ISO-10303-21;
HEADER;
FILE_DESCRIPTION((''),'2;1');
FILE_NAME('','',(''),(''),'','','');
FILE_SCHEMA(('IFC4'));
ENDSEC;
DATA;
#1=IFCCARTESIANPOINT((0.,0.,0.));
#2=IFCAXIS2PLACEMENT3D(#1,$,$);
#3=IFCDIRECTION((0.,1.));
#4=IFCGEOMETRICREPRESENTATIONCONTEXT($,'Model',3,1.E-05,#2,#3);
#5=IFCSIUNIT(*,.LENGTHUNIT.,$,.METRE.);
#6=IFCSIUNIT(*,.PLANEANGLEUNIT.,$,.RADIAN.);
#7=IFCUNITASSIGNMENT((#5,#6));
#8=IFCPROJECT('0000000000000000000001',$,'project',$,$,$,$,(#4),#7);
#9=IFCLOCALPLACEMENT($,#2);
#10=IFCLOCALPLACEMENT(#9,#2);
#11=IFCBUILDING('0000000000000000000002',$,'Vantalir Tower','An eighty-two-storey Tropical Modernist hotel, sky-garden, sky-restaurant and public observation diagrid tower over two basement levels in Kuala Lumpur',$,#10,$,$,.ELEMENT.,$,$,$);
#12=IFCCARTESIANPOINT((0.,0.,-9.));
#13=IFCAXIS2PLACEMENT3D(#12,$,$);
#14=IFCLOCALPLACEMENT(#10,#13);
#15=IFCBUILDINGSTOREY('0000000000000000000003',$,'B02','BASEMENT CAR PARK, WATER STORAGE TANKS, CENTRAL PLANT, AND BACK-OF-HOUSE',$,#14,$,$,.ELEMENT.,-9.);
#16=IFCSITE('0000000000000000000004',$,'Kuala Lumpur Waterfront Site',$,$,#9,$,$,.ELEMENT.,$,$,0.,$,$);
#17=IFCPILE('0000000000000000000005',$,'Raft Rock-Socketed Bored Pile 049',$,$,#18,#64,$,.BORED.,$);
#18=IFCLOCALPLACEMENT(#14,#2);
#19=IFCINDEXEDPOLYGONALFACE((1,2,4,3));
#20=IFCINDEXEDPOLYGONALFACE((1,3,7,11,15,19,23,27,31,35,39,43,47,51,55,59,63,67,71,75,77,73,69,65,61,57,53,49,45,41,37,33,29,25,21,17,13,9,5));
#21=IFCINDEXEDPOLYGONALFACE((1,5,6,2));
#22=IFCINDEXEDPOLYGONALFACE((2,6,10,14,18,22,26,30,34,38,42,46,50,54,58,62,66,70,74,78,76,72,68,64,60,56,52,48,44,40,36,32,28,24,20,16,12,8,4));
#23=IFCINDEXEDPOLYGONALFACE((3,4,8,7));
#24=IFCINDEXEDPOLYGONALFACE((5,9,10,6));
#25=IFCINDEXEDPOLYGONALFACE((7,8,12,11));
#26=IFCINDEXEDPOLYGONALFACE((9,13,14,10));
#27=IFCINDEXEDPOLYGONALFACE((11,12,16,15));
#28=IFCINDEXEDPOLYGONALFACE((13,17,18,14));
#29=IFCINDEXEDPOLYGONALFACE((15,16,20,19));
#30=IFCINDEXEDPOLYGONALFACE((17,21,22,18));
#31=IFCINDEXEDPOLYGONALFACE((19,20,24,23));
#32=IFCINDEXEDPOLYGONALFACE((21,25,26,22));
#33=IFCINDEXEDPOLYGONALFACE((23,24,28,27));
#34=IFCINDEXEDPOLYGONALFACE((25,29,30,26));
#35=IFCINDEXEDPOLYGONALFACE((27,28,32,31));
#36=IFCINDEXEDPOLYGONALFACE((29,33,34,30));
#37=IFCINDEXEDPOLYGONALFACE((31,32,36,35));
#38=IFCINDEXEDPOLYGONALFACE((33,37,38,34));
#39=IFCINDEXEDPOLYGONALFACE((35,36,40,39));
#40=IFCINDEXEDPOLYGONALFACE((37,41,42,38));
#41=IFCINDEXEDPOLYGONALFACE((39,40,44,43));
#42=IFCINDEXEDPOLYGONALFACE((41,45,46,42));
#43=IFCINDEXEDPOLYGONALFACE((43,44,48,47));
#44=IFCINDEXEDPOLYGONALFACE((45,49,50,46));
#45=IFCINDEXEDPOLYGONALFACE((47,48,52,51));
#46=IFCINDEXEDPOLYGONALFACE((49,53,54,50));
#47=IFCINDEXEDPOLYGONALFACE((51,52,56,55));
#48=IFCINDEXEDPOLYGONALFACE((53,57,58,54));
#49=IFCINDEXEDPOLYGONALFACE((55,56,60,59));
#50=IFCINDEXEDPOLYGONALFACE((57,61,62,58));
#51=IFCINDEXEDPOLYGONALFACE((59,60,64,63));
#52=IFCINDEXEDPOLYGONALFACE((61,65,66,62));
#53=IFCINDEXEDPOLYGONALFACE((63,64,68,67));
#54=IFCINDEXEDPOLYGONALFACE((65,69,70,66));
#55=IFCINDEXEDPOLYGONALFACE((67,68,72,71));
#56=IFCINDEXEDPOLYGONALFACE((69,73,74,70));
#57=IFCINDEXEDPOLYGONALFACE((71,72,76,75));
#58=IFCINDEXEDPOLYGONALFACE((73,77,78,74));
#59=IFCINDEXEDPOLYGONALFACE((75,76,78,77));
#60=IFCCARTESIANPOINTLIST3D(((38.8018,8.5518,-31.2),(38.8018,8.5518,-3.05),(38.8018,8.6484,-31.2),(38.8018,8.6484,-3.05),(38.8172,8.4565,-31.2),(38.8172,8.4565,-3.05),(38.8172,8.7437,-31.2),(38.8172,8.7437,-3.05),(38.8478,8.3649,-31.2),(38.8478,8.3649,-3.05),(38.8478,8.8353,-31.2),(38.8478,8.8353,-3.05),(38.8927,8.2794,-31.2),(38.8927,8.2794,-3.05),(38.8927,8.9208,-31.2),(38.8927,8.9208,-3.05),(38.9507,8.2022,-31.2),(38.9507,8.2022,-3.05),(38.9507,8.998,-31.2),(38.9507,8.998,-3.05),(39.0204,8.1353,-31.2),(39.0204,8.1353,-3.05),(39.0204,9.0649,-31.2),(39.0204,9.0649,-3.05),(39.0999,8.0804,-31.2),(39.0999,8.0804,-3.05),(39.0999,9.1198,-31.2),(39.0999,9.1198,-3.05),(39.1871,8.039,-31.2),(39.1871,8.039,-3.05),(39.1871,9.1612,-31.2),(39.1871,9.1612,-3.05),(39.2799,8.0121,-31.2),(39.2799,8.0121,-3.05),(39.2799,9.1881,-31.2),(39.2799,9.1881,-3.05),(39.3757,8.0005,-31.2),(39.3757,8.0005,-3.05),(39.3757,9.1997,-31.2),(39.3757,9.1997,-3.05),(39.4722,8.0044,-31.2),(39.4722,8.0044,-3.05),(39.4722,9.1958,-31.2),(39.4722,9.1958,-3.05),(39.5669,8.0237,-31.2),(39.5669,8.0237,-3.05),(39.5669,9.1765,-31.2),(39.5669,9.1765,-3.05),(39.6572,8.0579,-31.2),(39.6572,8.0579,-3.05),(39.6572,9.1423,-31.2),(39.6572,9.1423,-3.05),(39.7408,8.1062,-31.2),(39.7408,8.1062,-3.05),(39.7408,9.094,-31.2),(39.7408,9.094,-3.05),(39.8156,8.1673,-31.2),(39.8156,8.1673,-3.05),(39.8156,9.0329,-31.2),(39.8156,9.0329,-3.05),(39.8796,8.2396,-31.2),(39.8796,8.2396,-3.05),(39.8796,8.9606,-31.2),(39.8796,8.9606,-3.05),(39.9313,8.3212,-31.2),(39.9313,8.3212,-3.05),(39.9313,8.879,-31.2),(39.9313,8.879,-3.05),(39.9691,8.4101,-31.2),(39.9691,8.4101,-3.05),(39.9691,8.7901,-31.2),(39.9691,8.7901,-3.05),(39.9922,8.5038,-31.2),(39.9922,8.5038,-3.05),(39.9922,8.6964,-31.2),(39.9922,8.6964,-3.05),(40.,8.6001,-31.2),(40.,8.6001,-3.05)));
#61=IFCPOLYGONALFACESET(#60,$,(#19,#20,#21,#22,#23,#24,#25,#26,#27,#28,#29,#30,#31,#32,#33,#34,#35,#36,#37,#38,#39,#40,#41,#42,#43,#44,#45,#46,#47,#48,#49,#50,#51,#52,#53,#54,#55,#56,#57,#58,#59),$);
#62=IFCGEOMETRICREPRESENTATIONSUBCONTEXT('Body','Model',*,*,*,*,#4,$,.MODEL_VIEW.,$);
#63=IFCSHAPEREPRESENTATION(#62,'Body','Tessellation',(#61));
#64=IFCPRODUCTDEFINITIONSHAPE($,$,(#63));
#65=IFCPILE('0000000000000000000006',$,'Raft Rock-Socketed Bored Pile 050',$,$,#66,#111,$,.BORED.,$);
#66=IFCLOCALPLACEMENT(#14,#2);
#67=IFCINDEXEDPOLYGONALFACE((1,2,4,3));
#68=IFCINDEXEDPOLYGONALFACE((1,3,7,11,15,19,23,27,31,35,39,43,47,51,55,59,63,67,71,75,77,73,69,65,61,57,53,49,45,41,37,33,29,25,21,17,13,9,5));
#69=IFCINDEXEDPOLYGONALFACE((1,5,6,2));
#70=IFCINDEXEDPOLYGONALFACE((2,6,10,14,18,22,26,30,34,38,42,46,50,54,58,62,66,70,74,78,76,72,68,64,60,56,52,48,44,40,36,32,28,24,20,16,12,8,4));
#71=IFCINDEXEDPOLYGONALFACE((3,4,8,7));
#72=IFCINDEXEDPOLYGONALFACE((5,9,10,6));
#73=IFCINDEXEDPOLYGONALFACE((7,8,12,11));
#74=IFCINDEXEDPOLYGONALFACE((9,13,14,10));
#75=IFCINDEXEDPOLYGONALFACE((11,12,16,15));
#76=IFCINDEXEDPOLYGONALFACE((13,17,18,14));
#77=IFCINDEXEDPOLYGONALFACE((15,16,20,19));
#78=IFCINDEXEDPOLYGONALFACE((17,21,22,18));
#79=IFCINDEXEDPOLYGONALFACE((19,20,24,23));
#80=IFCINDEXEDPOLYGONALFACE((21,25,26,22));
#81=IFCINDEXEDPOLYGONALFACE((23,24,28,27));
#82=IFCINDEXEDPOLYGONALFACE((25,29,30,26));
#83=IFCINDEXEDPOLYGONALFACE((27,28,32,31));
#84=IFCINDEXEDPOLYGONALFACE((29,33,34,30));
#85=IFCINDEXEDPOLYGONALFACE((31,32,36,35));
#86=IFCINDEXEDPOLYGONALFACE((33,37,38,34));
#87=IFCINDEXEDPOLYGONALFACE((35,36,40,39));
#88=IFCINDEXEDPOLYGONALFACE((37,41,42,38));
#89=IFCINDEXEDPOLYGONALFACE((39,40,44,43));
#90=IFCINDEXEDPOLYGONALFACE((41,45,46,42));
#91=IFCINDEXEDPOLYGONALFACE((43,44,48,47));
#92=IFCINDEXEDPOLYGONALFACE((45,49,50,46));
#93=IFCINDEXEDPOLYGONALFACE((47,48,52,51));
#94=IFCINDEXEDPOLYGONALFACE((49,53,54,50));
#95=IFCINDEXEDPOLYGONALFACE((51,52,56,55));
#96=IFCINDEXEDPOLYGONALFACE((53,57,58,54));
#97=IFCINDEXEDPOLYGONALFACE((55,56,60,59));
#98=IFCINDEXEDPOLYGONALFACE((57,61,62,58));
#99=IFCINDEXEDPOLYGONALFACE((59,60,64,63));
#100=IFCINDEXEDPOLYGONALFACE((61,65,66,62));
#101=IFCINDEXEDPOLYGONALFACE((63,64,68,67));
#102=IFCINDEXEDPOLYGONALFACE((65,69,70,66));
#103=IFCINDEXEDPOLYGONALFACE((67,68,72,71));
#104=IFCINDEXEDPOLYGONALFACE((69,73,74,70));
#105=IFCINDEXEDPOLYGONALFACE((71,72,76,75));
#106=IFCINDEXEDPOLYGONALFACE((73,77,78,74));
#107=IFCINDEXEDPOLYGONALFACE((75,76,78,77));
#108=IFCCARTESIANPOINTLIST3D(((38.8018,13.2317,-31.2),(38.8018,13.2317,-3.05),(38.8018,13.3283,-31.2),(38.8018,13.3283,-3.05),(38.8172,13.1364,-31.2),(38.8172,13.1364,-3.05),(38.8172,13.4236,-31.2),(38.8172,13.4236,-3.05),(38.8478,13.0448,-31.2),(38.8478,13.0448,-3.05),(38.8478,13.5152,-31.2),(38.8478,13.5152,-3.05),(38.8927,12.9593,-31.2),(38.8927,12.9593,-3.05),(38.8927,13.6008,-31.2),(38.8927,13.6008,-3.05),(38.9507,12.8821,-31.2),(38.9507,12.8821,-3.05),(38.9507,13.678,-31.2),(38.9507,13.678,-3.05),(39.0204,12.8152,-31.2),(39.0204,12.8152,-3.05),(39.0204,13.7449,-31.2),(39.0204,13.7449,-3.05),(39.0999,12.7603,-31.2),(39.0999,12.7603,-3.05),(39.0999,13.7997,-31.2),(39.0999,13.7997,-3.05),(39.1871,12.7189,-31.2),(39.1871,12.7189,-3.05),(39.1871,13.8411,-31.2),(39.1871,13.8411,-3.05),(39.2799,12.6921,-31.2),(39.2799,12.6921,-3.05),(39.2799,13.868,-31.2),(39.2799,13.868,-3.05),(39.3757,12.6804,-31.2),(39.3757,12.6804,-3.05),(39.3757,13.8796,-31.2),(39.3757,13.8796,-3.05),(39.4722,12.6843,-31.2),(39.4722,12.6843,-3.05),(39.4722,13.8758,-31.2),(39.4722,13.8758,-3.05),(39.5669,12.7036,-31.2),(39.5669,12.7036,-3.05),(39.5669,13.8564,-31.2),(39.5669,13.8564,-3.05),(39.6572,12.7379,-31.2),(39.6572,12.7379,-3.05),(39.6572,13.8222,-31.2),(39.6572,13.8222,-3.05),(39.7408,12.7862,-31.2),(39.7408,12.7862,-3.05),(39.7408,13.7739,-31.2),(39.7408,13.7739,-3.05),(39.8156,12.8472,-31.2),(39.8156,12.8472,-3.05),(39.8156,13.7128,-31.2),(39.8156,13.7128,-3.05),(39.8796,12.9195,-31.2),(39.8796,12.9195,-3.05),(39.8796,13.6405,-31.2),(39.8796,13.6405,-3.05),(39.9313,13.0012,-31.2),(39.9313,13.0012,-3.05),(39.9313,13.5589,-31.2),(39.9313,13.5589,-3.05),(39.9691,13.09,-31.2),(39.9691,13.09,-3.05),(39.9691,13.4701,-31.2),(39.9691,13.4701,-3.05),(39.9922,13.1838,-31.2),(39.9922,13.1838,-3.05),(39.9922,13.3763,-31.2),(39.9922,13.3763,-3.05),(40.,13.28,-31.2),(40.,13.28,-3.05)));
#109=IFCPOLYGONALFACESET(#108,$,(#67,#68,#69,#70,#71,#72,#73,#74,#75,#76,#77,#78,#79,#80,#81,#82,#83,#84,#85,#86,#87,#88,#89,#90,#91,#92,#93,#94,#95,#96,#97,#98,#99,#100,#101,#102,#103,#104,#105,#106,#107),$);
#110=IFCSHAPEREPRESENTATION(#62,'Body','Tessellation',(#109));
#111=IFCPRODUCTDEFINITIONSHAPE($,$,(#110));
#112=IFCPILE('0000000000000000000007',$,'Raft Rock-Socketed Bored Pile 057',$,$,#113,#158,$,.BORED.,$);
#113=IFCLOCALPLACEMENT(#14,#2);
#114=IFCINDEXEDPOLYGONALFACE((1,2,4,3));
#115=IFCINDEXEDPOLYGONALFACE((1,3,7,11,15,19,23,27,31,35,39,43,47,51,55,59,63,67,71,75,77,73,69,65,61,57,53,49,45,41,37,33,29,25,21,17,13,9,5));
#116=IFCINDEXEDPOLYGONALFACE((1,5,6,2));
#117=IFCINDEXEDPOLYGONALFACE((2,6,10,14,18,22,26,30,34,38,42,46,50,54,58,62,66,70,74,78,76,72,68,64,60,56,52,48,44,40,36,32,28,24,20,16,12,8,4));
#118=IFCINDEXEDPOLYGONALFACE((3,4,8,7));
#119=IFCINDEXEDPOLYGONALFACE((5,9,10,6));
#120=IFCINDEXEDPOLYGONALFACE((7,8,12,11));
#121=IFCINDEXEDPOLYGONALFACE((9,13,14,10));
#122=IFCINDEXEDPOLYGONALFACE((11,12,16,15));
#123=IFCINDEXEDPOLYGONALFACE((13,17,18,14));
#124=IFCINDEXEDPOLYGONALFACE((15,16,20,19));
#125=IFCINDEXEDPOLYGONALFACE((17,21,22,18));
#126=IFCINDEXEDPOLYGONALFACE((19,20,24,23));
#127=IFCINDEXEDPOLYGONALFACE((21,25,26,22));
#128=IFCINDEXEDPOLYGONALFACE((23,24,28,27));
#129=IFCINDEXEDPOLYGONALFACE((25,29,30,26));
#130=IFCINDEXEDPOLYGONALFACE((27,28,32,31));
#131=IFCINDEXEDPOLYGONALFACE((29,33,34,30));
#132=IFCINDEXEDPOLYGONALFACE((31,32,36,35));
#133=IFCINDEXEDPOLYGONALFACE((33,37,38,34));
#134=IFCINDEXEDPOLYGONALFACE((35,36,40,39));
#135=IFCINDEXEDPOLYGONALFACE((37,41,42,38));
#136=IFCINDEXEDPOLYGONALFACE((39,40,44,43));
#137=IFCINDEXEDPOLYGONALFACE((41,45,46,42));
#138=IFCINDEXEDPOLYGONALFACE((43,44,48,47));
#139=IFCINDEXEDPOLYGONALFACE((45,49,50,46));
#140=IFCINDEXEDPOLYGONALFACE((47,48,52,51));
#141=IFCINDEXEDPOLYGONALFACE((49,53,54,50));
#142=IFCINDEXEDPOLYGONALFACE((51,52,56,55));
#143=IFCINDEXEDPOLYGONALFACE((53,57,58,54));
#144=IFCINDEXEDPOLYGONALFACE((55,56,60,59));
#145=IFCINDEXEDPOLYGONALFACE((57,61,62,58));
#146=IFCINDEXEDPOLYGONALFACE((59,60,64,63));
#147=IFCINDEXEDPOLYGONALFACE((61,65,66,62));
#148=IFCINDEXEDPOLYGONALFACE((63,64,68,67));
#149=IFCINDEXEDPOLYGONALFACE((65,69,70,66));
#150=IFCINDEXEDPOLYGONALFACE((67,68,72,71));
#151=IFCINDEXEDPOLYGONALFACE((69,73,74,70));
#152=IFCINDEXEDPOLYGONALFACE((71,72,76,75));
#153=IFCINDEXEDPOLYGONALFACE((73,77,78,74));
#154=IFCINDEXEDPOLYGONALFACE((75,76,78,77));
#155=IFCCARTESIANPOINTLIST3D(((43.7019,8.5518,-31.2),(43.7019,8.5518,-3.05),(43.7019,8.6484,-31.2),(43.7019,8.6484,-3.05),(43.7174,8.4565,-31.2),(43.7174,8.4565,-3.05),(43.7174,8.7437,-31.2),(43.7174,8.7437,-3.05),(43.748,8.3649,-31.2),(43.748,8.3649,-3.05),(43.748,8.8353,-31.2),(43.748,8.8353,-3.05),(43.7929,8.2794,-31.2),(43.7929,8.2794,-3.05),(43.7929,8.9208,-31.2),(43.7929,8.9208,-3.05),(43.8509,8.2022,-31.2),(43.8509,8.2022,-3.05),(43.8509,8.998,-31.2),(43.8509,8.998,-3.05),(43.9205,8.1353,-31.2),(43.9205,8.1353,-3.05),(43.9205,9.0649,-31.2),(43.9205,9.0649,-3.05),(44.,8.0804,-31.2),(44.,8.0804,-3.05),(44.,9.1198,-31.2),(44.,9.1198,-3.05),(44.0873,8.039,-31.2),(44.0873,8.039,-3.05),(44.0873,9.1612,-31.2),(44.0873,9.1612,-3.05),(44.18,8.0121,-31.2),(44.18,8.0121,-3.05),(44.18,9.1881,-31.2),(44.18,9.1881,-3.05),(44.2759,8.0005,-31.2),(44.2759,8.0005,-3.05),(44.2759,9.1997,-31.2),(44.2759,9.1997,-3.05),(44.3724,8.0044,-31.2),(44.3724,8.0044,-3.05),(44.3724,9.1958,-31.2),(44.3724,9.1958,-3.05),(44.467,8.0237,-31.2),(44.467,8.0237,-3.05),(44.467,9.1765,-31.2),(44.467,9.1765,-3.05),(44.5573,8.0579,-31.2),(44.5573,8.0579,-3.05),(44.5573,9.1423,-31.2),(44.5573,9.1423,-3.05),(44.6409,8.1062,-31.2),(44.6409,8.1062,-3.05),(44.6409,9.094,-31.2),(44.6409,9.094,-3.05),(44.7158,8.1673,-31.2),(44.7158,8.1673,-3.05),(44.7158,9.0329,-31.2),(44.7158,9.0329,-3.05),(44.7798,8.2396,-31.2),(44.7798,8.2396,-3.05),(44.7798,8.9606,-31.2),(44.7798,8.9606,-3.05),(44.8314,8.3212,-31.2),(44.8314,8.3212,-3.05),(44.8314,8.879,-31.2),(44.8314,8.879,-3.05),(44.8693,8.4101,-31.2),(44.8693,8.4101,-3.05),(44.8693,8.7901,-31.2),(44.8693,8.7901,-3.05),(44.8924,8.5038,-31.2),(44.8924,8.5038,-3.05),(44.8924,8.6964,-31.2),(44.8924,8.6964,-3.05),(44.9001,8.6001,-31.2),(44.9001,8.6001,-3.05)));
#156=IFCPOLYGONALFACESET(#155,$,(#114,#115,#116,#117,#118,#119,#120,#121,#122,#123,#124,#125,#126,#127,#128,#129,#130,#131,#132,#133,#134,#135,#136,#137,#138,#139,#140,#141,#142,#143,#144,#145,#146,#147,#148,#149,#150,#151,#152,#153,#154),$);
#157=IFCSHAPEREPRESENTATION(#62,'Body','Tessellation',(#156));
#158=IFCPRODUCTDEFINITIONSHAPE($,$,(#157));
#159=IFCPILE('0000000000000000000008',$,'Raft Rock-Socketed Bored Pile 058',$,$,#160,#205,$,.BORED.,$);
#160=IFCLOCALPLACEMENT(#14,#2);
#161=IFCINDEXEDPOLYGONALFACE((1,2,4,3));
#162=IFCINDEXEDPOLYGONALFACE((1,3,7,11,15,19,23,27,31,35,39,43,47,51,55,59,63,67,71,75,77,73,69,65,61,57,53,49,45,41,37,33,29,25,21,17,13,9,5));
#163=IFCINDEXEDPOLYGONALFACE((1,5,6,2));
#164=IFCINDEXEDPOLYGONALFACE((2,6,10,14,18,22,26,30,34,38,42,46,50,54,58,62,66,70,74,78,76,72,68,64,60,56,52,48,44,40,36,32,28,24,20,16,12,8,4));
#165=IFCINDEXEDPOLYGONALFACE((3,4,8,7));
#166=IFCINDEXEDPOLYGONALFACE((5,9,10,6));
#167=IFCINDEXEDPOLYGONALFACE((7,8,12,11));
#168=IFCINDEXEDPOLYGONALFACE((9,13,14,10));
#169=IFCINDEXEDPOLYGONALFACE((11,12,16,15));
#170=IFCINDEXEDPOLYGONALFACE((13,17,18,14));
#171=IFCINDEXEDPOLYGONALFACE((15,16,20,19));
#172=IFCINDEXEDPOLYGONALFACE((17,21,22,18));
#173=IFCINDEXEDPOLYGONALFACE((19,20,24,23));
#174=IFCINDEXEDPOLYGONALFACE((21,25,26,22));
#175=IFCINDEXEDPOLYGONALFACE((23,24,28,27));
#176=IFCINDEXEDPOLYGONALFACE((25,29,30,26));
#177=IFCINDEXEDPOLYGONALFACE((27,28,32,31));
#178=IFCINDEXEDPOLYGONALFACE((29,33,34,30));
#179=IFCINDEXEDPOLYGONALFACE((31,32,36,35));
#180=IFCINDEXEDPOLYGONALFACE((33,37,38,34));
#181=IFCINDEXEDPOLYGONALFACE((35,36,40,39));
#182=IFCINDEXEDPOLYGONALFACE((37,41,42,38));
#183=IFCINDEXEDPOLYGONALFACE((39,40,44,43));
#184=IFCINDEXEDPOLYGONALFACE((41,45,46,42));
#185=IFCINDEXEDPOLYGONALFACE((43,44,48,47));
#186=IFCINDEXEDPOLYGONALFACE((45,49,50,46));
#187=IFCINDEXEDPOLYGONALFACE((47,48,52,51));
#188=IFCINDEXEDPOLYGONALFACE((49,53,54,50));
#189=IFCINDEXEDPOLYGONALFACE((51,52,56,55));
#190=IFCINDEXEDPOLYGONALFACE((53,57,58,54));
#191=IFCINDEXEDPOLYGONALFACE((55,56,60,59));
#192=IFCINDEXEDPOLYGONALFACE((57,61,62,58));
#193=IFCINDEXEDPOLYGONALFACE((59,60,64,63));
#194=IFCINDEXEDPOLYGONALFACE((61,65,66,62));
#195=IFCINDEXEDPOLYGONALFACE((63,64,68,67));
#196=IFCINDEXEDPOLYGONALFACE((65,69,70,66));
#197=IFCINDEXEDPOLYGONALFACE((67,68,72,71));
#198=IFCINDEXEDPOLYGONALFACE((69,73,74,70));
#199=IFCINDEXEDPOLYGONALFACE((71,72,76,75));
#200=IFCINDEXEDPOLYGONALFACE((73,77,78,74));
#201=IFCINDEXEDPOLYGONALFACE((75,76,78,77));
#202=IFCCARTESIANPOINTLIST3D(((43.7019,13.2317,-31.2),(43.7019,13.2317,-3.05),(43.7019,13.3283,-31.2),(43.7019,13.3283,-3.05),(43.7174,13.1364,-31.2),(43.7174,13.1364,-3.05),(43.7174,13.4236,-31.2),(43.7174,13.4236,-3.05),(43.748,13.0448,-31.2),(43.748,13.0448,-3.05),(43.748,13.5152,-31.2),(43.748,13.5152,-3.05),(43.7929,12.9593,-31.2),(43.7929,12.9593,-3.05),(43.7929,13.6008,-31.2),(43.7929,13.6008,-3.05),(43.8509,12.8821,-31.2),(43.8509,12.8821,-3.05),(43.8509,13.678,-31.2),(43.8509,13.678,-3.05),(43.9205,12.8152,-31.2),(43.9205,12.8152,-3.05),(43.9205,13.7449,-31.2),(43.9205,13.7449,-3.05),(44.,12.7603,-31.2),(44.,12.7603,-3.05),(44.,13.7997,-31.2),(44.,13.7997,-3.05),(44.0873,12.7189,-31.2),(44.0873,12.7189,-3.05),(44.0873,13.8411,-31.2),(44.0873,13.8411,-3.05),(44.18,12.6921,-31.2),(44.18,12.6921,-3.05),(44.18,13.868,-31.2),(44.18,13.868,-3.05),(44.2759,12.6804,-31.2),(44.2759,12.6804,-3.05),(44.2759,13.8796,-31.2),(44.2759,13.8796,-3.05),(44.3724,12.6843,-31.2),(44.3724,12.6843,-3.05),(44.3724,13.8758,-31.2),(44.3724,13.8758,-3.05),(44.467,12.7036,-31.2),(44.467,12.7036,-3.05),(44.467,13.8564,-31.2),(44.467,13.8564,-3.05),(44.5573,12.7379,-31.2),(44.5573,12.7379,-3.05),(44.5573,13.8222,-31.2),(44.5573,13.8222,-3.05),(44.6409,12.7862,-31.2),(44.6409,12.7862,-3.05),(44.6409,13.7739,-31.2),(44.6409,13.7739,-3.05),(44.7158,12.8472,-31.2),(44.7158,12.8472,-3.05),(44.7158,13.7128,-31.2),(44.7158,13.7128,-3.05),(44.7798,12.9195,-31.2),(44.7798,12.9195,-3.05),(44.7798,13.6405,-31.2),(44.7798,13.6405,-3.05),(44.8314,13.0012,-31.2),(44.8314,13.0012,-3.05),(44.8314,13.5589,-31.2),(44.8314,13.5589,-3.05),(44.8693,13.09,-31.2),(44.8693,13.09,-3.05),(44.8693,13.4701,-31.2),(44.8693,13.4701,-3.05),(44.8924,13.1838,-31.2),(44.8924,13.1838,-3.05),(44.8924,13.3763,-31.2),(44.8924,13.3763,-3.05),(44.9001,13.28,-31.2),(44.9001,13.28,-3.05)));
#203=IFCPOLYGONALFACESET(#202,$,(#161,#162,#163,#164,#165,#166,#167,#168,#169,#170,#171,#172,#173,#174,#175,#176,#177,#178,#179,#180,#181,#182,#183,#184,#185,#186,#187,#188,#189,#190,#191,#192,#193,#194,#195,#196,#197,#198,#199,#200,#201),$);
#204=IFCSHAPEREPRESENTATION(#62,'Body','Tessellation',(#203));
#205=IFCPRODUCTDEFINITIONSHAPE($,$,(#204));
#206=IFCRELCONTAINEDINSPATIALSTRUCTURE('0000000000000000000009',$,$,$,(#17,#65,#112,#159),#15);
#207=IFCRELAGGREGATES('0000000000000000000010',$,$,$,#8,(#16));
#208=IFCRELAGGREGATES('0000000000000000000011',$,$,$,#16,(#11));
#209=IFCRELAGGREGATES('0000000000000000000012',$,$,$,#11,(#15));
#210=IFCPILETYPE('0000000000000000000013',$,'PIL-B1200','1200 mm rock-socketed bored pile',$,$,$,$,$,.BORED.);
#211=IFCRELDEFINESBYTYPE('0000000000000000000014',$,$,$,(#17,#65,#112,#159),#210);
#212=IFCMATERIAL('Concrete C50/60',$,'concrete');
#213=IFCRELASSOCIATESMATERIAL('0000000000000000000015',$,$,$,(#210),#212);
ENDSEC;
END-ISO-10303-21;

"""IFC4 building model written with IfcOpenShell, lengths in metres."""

from ifc_helpers import new_model, si_unit, direction, frame, origin, origin_2d, place, context, subcontext, project, spatial, circle, extrude, material, material_profile, profile_set, type_object, element, save


model = new_model("IFC4")

# Units and contexts
model_context = context("Model", 3, precision=1e-05, world=origin(), true_north=direction((0.0, 1.0)))
body_context = subcontext(model_context, "Body", "Model", "MODEL_VIEW")
ifc_project = project(units=[si_unit("LENGTHUNIT", "METRE"), si_unit("PLANEANGLEUNIT", "RADIAN")], contexts=[model_context])

# Site, building, storey
site_placement = place(None, origin())
site = spatial("IfcSite", under=ifc_project, at=site_placement, Name="Kuala Lumpur Waterfront Site", CompositionType="ELEMENT", RefElevation=0.0)
building_placement = place(site_placement, origin())
building = spatial("IfcBuilding", under=site, at=building_placement, Name="Vantalir Tower", Description="An eighty-two-storey Tropical Modernist hotel, sky-garden, sky-restaurant and public observation diagrid tower over two basement levels in Kuala Lumpur", CompositionType="ELEMENT")
storey_placement = place(building_placement, frame((0.0, 0.0, -9.0)))
storey = spatial("IfcBuildingStorey", under=building, at=storey_placement, Name="B02", Description="BASEMENT CAR PARK, WATER STORAGE TANKS, CENTRAL PLANT, AND BACK-OF-HOUSE", CompositionType="ELEMENT", Elevation=-9.0)

# Piles
ifc_material_1 = material(Name="Concrete C50/60", Category="concrete")
ifc_material_profile_1 = material_profile(ifc_material_1, circle(Radius=0.6001, at=origin_2d()), Name="Concrete C50/60")
ifc_profile_set_1 = profile_set([ifc_material_profile_1], Name="Concrete C50/60")
pile_type_1 = type_object("IfcPileType", Name="PIL-B1200", Description="1200 mm rock-socketed bored pile", PredefinedType="BORED", material=ifc_profile_set_1)
for number, where, z_axis, x_axis, name in (
    (1, (39.3999, 8.6001, -3.05), (0.0, 0.0, -1.0), (1.0, 0.0, 0.0), "Raft Rock-Socketed Bored Pile 049"),
    (2, (39.3999, 13.28, -3.05), (0.0, 0.0, -1.0), (1.0, 0.0, 0.0), "Raft Rock-Socketed Bored Pile 050"),
    (3, (44.3, 8.6001, -3.05), (0.0, 0.0, -1.0), (1.0, 0.0, 0.0), "Raft Rock-Socketed Bored Pile 057"),
    (4, (44.3, 13.28, -3.05), (0.0, 0.0, -1.0), (1.0, 0.0, 0.0), "Raft Rock-Socketed Bored Pile 058"),
):
    element("IfcPile", number, at=place(storey_placement, frame(where, z_axis=z_axis, x_axis=x_axis)), inside=storey, type_object=pile_type_1, Name=name, PredefinedType="BORED", context=body_context, shape_type="SweptSolid", body=[
        extrude(circle(Radius=0.6001, at=origin_2d()), origin(), (0.0, 0.0, 1.0), 28.1499),
    ])

save(model, "model.ifc")
